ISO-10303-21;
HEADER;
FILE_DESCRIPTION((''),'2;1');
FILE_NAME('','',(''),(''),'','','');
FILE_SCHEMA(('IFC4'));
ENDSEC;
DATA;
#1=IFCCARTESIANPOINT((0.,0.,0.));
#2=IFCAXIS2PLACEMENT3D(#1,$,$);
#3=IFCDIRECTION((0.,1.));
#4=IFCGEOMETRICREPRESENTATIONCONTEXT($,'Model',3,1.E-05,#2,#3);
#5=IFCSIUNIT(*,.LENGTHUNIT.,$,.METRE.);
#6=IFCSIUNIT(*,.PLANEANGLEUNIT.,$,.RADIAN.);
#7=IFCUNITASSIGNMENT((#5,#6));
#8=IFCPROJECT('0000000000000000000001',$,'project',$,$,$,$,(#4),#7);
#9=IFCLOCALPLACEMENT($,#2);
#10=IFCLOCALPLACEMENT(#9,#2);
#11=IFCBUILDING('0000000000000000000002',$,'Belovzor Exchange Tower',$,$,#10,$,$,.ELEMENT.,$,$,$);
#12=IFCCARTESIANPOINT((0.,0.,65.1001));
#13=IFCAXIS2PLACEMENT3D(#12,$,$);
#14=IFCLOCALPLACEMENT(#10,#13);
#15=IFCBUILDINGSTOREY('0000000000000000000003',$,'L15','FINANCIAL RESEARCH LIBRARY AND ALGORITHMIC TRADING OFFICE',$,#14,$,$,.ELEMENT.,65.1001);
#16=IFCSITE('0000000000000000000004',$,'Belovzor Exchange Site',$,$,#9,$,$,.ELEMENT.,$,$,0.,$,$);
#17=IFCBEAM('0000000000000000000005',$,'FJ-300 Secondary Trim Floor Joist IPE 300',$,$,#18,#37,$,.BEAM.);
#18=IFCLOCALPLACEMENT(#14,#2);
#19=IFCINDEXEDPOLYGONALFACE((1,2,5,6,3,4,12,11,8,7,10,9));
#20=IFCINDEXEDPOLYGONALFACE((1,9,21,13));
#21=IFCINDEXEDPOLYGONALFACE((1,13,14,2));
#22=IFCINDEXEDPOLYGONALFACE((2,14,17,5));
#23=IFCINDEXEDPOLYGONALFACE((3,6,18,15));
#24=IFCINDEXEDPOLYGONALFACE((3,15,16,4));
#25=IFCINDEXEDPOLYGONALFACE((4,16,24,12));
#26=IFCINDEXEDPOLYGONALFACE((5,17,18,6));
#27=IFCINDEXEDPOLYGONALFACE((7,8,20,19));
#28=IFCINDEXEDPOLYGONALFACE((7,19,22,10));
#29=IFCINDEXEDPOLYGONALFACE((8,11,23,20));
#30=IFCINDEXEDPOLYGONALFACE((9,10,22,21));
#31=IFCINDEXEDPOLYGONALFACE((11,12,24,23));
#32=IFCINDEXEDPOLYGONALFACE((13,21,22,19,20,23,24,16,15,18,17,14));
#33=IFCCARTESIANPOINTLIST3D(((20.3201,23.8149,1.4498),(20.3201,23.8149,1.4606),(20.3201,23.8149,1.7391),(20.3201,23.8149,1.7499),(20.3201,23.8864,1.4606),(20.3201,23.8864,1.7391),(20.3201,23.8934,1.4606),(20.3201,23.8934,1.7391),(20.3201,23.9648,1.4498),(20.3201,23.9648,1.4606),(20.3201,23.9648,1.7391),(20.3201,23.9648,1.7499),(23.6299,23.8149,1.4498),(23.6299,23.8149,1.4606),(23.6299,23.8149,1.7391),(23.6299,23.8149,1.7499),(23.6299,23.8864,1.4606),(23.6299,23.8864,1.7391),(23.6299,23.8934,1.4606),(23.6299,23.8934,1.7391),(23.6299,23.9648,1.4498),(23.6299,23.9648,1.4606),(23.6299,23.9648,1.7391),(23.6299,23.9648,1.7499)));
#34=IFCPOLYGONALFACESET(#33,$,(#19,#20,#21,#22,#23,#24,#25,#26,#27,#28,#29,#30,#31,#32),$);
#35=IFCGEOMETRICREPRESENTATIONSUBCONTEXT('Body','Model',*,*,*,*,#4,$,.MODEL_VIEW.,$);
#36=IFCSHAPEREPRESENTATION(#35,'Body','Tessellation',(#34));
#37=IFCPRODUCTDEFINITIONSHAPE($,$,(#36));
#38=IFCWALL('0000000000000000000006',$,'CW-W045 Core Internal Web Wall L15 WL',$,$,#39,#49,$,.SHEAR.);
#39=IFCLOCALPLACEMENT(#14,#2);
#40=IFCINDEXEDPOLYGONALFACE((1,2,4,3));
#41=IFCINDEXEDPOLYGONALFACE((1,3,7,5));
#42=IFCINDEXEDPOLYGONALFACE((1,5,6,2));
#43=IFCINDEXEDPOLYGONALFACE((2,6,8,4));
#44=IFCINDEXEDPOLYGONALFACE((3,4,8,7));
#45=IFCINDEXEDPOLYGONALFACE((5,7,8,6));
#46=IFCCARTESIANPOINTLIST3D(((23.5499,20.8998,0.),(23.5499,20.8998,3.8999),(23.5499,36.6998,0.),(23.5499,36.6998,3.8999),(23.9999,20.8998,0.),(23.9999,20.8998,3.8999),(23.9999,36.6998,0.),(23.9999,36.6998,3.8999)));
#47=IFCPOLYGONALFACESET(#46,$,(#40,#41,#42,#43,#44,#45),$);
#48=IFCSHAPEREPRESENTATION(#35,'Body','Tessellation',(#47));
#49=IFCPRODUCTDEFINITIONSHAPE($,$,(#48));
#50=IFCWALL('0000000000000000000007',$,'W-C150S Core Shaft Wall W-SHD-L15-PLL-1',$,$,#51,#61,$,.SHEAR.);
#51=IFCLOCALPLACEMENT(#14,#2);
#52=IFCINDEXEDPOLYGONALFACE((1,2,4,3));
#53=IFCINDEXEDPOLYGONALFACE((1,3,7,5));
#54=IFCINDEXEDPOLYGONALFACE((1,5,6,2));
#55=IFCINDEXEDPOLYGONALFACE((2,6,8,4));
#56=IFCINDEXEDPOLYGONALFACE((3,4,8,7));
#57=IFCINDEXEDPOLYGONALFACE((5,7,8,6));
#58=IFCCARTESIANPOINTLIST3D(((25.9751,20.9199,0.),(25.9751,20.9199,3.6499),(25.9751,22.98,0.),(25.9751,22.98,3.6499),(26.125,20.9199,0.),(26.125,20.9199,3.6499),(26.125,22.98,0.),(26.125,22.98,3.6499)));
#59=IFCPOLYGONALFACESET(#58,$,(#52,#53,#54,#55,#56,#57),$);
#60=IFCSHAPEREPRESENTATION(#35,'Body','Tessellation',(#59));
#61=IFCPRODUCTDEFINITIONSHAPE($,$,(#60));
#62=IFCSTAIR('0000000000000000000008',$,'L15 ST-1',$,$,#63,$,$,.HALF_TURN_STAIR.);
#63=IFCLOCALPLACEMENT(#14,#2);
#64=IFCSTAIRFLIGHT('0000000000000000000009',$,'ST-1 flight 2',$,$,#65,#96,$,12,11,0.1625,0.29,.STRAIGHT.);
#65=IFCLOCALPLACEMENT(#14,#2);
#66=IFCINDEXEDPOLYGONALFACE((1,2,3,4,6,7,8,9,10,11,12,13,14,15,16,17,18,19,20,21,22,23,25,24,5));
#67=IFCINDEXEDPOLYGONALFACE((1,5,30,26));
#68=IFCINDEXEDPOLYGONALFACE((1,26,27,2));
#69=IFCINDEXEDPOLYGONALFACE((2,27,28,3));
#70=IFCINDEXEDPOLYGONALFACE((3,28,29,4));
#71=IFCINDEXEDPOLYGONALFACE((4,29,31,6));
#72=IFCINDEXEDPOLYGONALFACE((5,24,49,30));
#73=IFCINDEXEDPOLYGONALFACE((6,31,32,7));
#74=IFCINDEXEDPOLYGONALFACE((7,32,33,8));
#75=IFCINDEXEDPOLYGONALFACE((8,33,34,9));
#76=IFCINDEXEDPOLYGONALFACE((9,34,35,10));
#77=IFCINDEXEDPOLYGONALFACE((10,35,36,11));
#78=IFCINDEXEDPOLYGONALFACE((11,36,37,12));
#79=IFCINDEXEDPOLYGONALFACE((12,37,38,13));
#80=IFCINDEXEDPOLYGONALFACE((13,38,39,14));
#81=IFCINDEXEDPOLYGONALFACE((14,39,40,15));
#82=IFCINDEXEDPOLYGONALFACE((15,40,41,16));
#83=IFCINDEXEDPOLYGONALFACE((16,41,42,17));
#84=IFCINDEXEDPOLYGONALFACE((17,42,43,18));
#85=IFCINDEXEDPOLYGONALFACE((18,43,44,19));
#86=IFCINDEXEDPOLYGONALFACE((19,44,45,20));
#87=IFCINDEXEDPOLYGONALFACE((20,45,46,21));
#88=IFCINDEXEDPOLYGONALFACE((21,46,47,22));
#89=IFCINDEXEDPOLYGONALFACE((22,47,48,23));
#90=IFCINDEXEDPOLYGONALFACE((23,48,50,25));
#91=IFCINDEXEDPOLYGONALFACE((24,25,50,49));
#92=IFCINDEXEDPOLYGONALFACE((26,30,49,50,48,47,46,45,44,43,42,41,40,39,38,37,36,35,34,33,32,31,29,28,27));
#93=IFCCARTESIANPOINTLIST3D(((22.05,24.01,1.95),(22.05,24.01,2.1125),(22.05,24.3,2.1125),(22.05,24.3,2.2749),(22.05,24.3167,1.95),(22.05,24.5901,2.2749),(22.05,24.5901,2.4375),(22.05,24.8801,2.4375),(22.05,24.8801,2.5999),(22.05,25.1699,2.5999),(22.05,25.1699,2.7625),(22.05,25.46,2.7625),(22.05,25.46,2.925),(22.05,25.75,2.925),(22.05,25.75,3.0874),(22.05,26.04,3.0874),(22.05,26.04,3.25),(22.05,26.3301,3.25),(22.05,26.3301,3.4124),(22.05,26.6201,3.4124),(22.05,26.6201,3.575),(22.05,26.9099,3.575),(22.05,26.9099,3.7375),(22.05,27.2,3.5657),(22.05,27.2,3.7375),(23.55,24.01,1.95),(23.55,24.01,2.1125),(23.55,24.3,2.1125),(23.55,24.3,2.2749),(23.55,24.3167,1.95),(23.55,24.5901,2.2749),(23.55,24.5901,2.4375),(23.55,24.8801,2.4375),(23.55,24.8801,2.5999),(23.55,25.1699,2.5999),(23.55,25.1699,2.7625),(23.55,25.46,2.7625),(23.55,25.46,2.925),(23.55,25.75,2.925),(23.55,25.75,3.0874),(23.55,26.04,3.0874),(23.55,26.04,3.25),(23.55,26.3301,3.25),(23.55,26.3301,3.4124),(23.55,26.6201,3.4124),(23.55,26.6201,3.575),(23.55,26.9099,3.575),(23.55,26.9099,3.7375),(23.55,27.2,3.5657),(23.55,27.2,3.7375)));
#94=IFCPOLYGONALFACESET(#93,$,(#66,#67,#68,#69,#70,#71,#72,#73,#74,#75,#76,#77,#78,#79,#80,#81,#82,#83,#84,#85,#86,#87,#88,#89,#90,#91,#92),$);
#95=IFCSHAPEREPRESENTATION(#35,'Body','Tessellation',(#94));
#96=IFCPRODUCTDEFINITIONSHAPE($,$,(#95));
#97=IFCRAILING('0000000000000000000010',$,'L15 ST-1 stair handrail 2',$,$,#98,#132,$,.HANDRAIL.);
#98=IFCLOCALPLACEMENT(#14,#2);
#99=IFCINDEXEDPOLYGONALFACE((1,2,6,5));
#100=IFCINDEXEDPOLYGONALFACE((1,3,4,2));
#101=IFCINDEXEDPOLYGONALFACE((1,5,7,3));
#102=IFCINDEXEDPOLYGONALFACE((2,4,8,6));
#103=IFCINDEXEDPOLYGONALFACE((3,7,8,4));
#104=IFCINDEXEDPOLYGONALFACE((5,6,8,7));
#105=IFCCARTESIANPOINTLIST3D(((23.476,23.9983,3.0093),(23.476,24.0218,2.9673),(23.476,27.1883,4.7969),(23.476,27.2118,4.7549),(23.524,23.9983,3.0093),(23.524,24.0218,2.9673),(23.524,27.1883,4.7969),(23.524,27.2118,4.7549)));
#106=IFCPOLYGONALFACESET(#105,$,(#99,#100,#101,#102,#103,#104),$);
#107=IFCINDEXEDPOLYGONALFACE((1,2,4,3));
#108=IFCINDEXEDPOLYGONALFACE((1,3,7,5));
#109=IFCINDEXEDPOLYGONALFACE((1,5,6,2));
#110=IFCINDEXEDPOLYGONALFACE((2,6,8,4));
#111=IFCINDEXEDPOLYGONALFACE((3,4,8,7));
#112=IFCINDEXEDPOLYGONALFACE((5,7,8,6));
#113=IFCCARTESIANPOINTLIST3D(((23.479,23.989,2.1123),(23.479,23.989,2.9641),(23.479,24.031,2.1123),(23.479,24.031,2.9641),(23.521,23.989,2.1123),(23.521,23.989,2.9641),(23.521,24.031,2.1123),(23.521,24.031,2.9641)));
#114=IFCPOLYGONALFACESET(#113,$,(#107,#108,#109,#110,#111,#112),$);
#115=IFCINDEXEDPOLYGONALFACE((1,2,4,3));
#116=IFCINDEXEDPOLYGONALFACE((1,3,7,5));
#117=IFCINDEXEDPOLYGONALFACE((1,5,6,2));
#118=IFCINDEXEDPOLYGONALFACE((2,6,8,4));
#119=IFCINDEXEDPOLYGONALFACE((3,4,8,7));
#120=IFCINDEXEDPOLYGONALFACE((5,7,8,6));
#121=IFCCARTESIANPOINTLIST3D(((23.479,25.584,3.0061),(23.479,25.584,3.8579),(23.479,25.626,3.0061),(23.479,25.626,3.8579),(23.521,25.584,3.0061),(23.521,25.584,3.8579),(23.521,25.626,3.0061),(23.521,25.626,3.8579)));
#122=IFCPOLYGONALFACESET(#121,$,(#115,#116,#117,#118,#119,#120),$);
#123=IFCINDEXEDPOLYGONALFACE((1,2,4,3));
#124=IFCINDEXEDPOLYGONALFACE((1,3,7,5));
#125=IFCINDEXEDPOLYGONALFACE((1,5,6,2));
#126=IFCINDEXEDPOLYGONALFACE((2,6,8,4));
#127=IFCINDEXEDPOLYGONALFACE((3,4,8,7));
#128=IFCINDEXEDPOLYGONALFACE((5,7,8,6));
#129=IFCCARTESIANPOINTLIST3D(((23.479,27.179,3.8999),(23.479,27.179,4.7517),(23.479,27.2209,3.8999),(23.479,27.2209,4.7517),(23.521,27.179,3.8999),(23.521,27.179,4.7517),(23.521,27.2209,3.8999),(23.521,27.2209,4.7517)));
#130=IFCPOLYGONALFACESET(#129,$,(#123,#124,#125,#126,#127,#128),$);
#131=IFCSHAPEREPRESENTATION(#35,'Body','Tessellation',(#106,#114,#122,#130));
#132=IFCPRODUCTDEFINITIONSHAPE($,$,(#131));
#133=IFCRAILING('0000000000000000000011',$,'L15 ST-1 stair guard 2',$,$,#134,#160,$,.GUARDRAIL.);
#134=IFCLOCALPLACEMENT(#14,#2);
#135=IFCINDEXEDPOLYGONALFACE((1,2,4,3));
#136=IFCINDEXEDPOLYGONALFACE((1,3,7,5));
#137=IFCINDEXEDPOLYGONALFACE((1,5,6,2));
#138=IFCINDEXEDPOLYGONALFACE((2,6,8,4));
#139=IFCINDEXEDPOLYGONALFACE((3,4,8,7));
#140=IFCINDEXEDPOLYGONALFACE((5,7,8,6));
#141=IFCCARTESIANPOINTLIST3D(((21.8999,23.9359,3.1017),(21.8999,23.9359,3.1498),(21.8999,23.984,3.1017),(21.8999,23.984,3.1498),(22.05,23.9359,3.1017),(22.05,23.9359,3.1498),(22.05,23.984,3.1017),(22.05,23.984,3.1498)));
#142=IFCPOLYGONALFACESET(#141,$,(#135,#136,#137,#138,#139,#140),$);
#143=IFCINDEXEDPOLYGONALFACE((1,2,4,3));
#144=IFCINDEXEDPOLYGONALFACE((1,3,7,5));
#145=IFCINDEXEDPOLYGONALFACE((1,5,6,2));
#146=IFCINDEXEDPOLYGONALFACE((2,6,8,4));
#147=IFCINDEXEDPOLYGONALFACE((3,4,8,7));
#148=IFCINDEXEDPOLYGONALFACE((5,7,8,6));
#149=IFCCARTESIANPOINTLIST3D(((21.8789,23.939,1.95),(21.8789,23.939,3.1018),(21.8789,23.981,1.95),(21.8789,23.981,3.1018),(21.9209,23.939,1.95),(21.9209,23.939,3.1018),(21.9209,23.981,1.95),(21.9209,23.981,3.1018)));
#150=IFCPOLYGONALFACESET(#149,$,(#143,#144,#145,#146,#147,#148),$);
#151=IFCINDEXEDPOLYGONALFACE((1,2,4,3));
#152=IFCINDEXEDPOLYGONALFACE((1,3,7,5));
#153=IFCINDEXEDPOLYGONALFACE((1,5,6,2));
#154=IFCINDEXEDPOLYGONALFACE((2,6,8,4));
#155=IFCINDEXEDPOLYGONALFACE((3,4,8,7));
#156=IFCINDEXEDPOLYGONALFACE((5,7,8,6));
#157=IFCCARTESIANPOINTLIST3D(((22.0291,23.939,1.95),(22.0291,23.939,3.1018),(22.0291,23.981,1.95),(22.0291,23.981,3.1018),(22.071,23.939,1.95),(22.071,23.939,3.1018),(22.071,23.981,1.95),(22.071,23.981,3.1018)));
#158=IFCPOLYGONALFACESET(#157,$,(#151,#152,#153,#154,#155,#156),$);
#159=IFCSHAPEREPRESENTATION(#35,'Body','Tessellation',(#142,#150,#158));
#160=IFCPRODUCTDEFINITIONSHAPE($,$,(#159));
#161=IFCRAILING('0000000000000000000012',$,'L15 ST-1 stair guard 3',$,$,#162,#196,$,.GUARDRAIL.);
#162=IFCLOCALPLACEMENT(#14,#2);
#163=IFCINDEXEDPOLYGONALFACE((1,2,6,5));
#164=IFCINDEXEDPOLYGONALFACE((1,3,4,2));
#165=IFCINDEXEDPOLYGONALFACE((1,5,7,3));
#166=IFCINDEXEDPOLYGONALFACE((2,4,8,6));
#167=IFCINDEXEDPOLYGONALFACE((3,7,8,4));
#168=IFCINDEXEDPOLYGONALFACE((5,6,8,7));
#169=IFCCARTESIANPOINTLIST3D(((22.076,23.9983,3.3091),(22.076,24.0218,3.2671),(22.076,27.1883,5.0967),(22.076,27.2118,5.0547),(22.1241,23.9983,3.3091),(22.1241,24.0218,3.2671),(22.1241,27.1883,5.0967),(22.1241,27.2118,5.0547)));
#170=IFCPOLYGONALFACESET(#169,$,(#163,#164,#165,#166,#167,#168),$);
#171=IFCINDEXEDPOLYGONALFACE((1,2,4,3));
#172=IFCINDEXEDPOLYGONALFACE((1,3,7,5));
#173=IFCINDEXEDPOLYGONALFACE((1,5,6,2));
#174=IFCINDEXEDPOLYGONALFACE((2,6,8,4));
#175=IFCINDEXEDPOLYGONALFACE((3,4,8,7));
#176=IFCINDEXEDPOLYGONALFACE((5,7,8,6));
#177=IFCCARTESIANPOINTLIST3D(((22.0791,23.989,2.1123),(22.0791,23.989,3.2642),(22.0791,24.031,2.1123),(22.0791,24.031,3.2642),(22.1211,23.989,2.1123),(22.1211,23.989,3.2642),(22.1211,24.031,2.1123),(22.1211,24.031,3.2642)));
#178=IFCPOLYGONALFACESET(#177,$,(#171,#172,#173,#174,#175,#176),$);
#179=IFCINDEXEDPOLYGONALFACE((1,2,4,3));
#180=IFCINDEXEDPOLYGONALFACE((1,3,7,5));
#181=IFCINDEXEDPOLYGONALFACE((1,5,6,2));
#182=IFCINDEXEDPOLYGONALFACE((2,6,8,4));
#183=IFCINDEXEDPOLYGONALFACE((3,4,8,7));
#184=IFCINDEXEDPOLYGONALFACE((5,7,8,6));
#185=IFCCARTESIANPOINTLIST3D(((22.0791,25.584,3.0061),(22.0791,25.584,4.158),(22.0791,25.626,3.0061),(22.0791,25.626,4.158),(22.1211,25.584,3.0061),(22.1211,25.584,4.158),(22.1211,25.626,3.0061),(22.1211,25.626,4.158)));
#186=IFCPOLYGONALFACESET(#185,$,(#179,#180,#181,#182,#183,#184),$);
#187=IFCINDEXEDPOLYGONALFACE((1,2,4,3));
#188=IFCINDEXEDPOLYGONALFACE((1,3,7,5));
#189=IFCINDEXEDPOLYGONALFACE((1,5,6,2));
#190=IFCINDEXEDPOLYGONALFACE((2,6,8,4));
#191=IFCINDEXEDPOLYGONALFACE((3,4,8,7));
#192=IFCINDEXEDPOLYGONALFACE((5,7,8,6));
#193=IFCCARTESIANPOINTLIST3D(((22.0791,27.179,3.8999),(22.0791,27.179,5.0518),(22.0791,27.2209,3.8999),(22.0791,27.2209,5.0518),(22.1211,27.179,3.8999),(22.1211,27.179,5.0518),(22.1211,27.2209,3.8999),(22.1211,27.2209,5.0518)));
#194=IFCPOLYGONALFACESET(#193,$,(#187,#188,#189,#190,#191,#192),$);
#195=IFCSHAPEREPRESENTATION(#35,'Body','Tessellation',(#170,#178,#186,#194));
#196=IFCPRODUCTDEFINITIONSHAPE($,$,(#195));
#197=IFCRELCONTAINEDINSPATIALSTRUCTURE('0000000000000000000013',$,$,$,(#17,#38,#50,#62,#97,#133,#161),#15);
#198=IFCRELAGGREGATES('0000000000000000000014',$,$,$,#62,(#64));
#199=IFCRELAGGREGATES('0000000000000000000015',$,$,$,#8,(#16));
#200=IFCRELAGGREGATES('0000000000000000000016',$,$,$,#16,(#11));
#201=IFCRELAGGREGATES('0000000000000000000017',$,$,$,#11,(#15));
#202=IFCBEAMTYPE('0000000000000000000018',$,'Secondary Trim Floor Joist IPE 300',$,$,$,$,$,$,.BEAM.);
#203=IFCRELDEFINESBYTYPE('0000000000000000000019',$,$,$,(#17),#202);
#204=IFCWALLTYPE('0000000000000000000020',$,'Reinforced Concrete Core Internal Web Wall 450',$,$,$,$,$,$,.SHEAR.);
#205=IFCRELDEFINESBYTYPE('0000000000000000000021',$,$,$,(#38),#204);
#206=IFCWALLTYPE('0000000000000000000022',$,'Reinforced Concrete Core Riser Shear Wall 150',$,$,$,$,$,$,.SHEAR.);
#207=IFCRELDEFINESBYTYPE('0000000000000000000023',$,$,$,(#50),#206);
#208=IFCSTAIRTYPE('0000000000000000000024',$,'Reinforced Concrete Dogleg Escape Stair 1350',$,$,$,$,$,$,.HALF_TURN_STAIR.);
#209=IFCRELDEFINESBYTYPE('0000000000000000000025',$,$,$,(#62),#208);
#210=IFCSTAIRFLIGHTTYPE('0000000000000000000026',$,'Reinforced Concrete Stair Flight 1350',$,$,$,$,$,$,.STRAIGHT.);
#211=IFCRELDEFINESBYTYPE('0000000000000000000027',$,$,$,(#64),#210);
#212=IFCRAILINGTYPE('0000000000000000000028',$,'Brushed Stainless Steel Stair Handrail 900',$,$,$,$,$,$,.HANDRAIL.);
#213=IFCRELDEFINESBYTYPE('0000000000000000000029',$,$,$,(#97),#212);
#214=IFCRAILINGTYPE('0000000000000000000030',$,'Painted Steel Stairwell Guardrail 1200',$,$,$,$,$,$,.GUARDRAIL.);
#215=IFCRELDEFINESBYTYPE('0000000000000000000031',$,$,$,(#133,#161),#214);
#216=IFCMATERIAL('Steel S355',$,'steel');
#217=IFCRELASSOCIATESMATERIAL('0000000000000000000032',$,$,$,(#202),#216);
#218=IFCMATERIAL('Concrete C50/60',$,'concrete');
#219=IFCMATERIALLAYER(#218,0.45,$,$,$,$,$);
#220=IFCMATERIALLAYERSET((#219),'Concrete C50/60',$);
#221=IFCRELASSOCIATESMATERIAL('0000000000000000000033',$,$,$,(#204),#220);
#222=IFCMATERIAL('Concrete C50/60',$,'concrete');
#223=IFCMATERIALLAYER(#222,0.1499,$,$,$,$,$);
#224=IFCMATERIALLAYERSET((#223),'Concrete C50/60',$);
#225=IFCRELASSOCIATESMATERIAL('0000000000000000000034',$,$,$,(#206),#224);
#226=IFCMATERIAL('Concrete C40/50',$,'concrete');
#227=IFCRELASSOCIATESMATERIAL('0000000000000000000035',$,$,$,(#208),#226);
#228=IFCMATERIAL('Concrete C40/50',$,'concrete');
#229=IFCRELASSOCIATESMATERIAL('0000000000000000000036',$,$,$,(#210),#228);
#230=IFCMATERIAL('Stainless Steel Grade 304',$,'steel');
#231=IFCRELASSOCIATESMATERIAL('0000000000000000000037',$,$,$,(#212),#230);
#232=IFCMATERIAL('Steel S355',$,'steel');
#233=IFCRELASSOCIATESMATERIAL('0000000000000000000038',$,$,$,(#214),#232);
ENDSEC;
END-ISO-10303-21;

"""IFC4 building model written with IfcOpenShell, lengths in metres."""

from ifc_helpers import new_model, si_unit, direction, frame, frame_2d, origin, origin_2d, place, context, subcontext, project, spatial, polyline, rectangle, i_section, outline, extrude, material, layer, layer_set, material_profile, profile_set, type_object, element, aggregate, save


model = new_model("IFC4")

# Units and contexts
model_context = context("Model", 3, precision=1e-05, world=origin(), true_north=direction((0.0, 1.0)))
body_context = subcontext(model_context, "Body", "Model", "MODEL_VIEW")
ifc_project = project(units=[si_unit("LENGTHUNIT", "METRE"), si_unit("PLANEANGLEUNIT", "RADIAN")], contexts=[model_context])

# Site, building, storey
site_placement = place(None, origin())
site = spatial("IfcSite", under=ifc_project, at=site_placement, Name="Belovzor Exchange Site", CompositionType="ELEMENT", RefElevation=0.0)
building_placement = place(site_placement, origin())
building = spatial("IfcBuilding", under=site, at=building_placement, Name="Belovzor Exchange Tower", CompositionType="ELEMENT")
storey_placement = place(building_placement, frame((0.0, 0.0, 65.1001)))
storey = spatial("IfcBuildingStorey", under=building, at=storey_placement, Name="L15", Description="FINANCIAL RESEARCH LIBRARY AND ALGORITHMIC TRADING OFFICE", CompositionType="ELEMENT", Elevation=65.1001)

# Beam
ifc_material_1 = material(Name="Steel S355", Category="steel")
ifc_material_profile = material_profile(ifc_material_1, i_section(OverallWidth=0.1499, OverallDepth=0.3, WebThickness=0.0071, FlangeThickness=0.0107, at=origin_2d()))
ifc_profile_set = profile_set([ifc_material_profile], Name="Steel S355")
beam_type = type_object("IfcBeamType", Name="Secondary Trim Floor Joist IPE 300", PredefinedType="BEAM", material=ifc_profile_set)
beam_placement = place(storey_placement, frame((20.3201, 23.8899, 1.5999), z_axis=(1.0, 0.0, 0.0), x_axis=(0.0, 1.0, 0.0)))
element("IfcBeam", 1, at=beam_placement, inside=storey, type_object=beam_type, Name="FJ-300 Secondary Trim Floor Joist IPE 300", PredefinedType="BEAM", context=body_context, shape_type="SweptSolid", body=[
    extrude(i_section(OverallWidth=0.1499, OverallDepth=0.3, WebThickness=0.0071, FlangeThickness=0.0107, at=origin_2d()), origin(), (0.0, 0.0, 1.0), 3.3098),
])

# Walls
ifc_material_2 = material(Name="Concrete C50/60", Category="concrete")
ifc_layer_1 = layer(ifc_material_2, 0.45)
ifc_layer_set_1 = layer_set([ifc_layer_1], Name="Concrete C50/60")
wall_type_1 = type_object("IfcWallType", Name="Reinforced Concrete Core Internal Web Wall 450", PredefinedType="SHEAR", material=ifc_layer_set_1)
wall_1_placement = place(storey_placement, frame((23.7749, 20.8999, 0.0), z_axis=(0.0, 0.0, 1.0), x_axis=(0.0, 1.0, 0.0)))
element("IfcWall", 2, at=wall_1_placement, inside=storey, type_object=wall_type_1, Name="CW-W045 Core Internal Web Wall L15 WL", PredefinedType="SHEAR", context=body_context, shape_type="SweptSolid", body=[
    extrude(rectangle(XDim=15.8, YDim=0.45, at=frame_2d((7.8999, 0.0))), origin(), (0.0, 0.0, 1.0), 3.8999),
])
ifc_material_3 = material(Name="Concrete C50/60", Category="concrete")
ifc_layer_2 = layer(ifc_material_3, 0.1499)
ifc_layer_set_2 = layer_set([ifc_layer_2], Name="Concrete C50/60")
wall_type_2 = type_object("IfcWallType", Name="Reinforced Concrete Core Riser Shear Wall 150", PredefinedType="SHEAR", material=ifc_layer_set_2)
wall_2_placement = place(storey_placement, frame((26.05, 20.9199, 0.0), z_axis=(0.0, 0.0, 1.0), x_axis=(0.0, 1.0, 0.0)))
element("IfcWall", 3, at=wall_2_placement, inside=storey, type_object=wall_type_2, Name="W-C150S Core Shaft Wall W-SHD-L15-PLL-1", PredefinedType="SHEAR", context=body_context, shape_type="SweptSolid", body=[
    extrude(rectangle(XDim=2.0601, YDim=0.1499, at=frame_2d((1.03, 0.0))), origin(), (0.0, 0.0, 1.0), 3.6499),
])

# Stair, stair flight
ifc_material_4 = material(Name="Concrete C40/50", Category="concrete")
stair_type = type_object("IfcStairType", Name="Reinforced Concrete Dogleg Escape Stair 1350", PredefinedType="HALF_TURN_STAIR", material=ifc_material_4)
stair_placement = place(storey_placement, origin())
stair = element("IfcStair", 4, at=stair_placement, inside=storey, type_object=stair_type, Name="L15 ST-1", PredefinedType="HALF_TURN_STAIR")
ifc_material_5 = material(Name="Concrete C40/50", Category="concrete")
stair_flight_type = type_object("IfcStairFlightType", Name="Reinforced Concrete Stair Flight 1350", PredefinedType="STRAIGHT", material=ifc_material_5)
stair_flight_placement = place(storey_placement, frame((22.8, 24.01, 1.95), z_axis=(0.0, 0.0, 1.0), x_axis=(0.0, 1.0, 0.0)))
stair_flight = element("IfcStairFlight", 5, at=stair_flight_placement, type_object=stair_flight_type, Name="ST-1 flight 2", NumberOfRisers=12, NumberOfTreads=11, PredefinedType="STRAIGHT", RiserHeight=0.1625, TreadLength=0.29, context=body_context, shape_type="SweptSolid", body=[
    extrude(outline(polyline([(0.0, 0.0), (0.0, 0.1626), (0.29, 0.1626), (0.29, 0.325), (0.5801, 0.325), (0.5801, 0.4875), (0.8701, 0.4875), (0.8701, 0.6499), (1.1599, 0.6499), (1.1599, 0.8125), (1.45, 0.8125), (1.45, 0.9751), (1.74, 0.9751), (1.74, 1.1375), (2.03, 1.1375), (2.03, 1.3), (2.3201, 1.3), (2.3201, 1.4624), (2.6101, 1.4624), (2.6101, 1.625), (2.8999, 1.625), (2.8999, 1.7876), (3.1899, 1.7876), (3.1899, 1.95), (3.1899, 1.6157), (0.3066, 0.0), (0.0, 0.0)])), frame((0.0, 0.75, 0.0), z_axis=(0.0, -1.0, 0.0), x_axis=(1.0, 0.0, 0.0)), (0.0, 0.0, 1.0), 1.5),
])
aggregate(stair, [stair_flight])

# Railings
ifc_material_6 = material(Name="Stainless Steel Grade 304", Category="steel")
railing_type_1 = type_object("IfcRailingType", Name="Brushed Stainless Steel Stair Handrail 900", PredefinedType="HANDRAIL", material=ifc_material_6)
railing_1_placement = place(storey_placement, frame((23.5, 24.01, 2.1123)))
element("IfcRailing", 6, at=railing_1_placement, inside=storey, type_object=railing_type_1, Name="L15 ST-1 stair handrail 2", PredefinedType="HANDRAIL", context=body_context, shape_type="SweptSolid", body=[
    extrude(rectangle(XDim=0.0481, YDim=0.0481, at=origin_2d()), frame((0.0, 0.0, 0.876), z_axis=(0.0, 0.872363, 0.48886), x_axis=(-1.0, 0.0, 0.0)), (0.0, 0.0, 1.0), 3.6567),
    extrude(rectangle(XDim=0.042, YDim=0.042, at=origin_2d()), origin(), (0.0, 0.0, 1.0), 0.8518),
    extrude(rectangle(XDim=0.042, YDim=0.042, at=origin_2d()), frame((0.0, 1.595, 0.8938)), (0.0, 0.0, 1.0), 0.8518),
    extrude(rectangle(XDim=0.042, YDim=0.042, at=origin_2d()), frame((0.0, 3.1899, 1.7876)), (0.0, 0.0, 1.0), 0.8518),
])
ifc_material_7 = material(Name="Steel S355", Category="steel")
railing_type_2 = type_object("IfcRailingType", Name="Painted Steel Stairwell Guardrail 1200", PredefinedType="GUARDRAIL", material=ifc_material_7)
railing_2_placement = place(storey_placement, frame((21.8999, 23.96, 1.95)))
element("IfcRailing", 7, at=railing_2_placement, inside=storey, type_object=railing_type_2, Name="L15 ST-1 stair guard 2", PredefinedType="GUARDRAIL", context=body_context, shape_type="SweptSolid", body=[
    extrude(rectangle(XDim=0.0481, YDim=0.0481, at=origin_2d()), frame((0.0, 0.0, 1.1758), z_axis=(1.0, 0.0, 0.0), x_axis=(0.0, 1.0, 0.0)), (0.0, 0.0, 1.0), 0.1501),
    extrude(rectangle(XDim=0.042, YDim=0.042, at=origin_2d()), origin(), (0.0, 0.0, 1.0), 1.1519),
    extrude(rectangle(XDim=0.042, YDim=0.042, at=origin_2d()), frame((0.1501, 0.0, 0.0)), (0.0, 0.0, 1.0), 1.1519),
])
railing_3_placement = place(storey_placement, frame((22.1001, 24.01, 2.1123)))
element("IfcRailing", 8, at=railing_3_placement, inside=storey, type_object=railing_type_2, Name="L15 ST-1 stair guard 3", PredefinedType="GUARDRAIL", context=body_context, shape_type="SweptSolid", body=[
    extrude(rectangle(XDim=0.0481, YDim=0.0481, at=origin_2d()), frame((0.0, 0.0, 1.1758), z_axis=(0.0, 0.872363, 0.48886), x_axis=(-1.0, 0.0, 0.0)), (0.0, 0.0, 1.0), 3.6567),
    extrude(rectangle(XDim=0.042, YDim=0.042, at=origin_2d()), origin(), (0.0, 0.0, 1.0), 1.1519),
    extrude(rectangle(XDim=0.042, YDim=0.042, at=origin_2d()), frame((0.0, 1.595, 0.8938)), (0.0, 0.0, 1.0), 1.1519),
    extrude(rectangle(XDim=0.042, YDim=0.042, at=origin_2d()), frame((0.0, 3.1899, 1.7876)), (0.0, 0.0, 1.0), 1.1519),
])

save(model, "model.ifc")
